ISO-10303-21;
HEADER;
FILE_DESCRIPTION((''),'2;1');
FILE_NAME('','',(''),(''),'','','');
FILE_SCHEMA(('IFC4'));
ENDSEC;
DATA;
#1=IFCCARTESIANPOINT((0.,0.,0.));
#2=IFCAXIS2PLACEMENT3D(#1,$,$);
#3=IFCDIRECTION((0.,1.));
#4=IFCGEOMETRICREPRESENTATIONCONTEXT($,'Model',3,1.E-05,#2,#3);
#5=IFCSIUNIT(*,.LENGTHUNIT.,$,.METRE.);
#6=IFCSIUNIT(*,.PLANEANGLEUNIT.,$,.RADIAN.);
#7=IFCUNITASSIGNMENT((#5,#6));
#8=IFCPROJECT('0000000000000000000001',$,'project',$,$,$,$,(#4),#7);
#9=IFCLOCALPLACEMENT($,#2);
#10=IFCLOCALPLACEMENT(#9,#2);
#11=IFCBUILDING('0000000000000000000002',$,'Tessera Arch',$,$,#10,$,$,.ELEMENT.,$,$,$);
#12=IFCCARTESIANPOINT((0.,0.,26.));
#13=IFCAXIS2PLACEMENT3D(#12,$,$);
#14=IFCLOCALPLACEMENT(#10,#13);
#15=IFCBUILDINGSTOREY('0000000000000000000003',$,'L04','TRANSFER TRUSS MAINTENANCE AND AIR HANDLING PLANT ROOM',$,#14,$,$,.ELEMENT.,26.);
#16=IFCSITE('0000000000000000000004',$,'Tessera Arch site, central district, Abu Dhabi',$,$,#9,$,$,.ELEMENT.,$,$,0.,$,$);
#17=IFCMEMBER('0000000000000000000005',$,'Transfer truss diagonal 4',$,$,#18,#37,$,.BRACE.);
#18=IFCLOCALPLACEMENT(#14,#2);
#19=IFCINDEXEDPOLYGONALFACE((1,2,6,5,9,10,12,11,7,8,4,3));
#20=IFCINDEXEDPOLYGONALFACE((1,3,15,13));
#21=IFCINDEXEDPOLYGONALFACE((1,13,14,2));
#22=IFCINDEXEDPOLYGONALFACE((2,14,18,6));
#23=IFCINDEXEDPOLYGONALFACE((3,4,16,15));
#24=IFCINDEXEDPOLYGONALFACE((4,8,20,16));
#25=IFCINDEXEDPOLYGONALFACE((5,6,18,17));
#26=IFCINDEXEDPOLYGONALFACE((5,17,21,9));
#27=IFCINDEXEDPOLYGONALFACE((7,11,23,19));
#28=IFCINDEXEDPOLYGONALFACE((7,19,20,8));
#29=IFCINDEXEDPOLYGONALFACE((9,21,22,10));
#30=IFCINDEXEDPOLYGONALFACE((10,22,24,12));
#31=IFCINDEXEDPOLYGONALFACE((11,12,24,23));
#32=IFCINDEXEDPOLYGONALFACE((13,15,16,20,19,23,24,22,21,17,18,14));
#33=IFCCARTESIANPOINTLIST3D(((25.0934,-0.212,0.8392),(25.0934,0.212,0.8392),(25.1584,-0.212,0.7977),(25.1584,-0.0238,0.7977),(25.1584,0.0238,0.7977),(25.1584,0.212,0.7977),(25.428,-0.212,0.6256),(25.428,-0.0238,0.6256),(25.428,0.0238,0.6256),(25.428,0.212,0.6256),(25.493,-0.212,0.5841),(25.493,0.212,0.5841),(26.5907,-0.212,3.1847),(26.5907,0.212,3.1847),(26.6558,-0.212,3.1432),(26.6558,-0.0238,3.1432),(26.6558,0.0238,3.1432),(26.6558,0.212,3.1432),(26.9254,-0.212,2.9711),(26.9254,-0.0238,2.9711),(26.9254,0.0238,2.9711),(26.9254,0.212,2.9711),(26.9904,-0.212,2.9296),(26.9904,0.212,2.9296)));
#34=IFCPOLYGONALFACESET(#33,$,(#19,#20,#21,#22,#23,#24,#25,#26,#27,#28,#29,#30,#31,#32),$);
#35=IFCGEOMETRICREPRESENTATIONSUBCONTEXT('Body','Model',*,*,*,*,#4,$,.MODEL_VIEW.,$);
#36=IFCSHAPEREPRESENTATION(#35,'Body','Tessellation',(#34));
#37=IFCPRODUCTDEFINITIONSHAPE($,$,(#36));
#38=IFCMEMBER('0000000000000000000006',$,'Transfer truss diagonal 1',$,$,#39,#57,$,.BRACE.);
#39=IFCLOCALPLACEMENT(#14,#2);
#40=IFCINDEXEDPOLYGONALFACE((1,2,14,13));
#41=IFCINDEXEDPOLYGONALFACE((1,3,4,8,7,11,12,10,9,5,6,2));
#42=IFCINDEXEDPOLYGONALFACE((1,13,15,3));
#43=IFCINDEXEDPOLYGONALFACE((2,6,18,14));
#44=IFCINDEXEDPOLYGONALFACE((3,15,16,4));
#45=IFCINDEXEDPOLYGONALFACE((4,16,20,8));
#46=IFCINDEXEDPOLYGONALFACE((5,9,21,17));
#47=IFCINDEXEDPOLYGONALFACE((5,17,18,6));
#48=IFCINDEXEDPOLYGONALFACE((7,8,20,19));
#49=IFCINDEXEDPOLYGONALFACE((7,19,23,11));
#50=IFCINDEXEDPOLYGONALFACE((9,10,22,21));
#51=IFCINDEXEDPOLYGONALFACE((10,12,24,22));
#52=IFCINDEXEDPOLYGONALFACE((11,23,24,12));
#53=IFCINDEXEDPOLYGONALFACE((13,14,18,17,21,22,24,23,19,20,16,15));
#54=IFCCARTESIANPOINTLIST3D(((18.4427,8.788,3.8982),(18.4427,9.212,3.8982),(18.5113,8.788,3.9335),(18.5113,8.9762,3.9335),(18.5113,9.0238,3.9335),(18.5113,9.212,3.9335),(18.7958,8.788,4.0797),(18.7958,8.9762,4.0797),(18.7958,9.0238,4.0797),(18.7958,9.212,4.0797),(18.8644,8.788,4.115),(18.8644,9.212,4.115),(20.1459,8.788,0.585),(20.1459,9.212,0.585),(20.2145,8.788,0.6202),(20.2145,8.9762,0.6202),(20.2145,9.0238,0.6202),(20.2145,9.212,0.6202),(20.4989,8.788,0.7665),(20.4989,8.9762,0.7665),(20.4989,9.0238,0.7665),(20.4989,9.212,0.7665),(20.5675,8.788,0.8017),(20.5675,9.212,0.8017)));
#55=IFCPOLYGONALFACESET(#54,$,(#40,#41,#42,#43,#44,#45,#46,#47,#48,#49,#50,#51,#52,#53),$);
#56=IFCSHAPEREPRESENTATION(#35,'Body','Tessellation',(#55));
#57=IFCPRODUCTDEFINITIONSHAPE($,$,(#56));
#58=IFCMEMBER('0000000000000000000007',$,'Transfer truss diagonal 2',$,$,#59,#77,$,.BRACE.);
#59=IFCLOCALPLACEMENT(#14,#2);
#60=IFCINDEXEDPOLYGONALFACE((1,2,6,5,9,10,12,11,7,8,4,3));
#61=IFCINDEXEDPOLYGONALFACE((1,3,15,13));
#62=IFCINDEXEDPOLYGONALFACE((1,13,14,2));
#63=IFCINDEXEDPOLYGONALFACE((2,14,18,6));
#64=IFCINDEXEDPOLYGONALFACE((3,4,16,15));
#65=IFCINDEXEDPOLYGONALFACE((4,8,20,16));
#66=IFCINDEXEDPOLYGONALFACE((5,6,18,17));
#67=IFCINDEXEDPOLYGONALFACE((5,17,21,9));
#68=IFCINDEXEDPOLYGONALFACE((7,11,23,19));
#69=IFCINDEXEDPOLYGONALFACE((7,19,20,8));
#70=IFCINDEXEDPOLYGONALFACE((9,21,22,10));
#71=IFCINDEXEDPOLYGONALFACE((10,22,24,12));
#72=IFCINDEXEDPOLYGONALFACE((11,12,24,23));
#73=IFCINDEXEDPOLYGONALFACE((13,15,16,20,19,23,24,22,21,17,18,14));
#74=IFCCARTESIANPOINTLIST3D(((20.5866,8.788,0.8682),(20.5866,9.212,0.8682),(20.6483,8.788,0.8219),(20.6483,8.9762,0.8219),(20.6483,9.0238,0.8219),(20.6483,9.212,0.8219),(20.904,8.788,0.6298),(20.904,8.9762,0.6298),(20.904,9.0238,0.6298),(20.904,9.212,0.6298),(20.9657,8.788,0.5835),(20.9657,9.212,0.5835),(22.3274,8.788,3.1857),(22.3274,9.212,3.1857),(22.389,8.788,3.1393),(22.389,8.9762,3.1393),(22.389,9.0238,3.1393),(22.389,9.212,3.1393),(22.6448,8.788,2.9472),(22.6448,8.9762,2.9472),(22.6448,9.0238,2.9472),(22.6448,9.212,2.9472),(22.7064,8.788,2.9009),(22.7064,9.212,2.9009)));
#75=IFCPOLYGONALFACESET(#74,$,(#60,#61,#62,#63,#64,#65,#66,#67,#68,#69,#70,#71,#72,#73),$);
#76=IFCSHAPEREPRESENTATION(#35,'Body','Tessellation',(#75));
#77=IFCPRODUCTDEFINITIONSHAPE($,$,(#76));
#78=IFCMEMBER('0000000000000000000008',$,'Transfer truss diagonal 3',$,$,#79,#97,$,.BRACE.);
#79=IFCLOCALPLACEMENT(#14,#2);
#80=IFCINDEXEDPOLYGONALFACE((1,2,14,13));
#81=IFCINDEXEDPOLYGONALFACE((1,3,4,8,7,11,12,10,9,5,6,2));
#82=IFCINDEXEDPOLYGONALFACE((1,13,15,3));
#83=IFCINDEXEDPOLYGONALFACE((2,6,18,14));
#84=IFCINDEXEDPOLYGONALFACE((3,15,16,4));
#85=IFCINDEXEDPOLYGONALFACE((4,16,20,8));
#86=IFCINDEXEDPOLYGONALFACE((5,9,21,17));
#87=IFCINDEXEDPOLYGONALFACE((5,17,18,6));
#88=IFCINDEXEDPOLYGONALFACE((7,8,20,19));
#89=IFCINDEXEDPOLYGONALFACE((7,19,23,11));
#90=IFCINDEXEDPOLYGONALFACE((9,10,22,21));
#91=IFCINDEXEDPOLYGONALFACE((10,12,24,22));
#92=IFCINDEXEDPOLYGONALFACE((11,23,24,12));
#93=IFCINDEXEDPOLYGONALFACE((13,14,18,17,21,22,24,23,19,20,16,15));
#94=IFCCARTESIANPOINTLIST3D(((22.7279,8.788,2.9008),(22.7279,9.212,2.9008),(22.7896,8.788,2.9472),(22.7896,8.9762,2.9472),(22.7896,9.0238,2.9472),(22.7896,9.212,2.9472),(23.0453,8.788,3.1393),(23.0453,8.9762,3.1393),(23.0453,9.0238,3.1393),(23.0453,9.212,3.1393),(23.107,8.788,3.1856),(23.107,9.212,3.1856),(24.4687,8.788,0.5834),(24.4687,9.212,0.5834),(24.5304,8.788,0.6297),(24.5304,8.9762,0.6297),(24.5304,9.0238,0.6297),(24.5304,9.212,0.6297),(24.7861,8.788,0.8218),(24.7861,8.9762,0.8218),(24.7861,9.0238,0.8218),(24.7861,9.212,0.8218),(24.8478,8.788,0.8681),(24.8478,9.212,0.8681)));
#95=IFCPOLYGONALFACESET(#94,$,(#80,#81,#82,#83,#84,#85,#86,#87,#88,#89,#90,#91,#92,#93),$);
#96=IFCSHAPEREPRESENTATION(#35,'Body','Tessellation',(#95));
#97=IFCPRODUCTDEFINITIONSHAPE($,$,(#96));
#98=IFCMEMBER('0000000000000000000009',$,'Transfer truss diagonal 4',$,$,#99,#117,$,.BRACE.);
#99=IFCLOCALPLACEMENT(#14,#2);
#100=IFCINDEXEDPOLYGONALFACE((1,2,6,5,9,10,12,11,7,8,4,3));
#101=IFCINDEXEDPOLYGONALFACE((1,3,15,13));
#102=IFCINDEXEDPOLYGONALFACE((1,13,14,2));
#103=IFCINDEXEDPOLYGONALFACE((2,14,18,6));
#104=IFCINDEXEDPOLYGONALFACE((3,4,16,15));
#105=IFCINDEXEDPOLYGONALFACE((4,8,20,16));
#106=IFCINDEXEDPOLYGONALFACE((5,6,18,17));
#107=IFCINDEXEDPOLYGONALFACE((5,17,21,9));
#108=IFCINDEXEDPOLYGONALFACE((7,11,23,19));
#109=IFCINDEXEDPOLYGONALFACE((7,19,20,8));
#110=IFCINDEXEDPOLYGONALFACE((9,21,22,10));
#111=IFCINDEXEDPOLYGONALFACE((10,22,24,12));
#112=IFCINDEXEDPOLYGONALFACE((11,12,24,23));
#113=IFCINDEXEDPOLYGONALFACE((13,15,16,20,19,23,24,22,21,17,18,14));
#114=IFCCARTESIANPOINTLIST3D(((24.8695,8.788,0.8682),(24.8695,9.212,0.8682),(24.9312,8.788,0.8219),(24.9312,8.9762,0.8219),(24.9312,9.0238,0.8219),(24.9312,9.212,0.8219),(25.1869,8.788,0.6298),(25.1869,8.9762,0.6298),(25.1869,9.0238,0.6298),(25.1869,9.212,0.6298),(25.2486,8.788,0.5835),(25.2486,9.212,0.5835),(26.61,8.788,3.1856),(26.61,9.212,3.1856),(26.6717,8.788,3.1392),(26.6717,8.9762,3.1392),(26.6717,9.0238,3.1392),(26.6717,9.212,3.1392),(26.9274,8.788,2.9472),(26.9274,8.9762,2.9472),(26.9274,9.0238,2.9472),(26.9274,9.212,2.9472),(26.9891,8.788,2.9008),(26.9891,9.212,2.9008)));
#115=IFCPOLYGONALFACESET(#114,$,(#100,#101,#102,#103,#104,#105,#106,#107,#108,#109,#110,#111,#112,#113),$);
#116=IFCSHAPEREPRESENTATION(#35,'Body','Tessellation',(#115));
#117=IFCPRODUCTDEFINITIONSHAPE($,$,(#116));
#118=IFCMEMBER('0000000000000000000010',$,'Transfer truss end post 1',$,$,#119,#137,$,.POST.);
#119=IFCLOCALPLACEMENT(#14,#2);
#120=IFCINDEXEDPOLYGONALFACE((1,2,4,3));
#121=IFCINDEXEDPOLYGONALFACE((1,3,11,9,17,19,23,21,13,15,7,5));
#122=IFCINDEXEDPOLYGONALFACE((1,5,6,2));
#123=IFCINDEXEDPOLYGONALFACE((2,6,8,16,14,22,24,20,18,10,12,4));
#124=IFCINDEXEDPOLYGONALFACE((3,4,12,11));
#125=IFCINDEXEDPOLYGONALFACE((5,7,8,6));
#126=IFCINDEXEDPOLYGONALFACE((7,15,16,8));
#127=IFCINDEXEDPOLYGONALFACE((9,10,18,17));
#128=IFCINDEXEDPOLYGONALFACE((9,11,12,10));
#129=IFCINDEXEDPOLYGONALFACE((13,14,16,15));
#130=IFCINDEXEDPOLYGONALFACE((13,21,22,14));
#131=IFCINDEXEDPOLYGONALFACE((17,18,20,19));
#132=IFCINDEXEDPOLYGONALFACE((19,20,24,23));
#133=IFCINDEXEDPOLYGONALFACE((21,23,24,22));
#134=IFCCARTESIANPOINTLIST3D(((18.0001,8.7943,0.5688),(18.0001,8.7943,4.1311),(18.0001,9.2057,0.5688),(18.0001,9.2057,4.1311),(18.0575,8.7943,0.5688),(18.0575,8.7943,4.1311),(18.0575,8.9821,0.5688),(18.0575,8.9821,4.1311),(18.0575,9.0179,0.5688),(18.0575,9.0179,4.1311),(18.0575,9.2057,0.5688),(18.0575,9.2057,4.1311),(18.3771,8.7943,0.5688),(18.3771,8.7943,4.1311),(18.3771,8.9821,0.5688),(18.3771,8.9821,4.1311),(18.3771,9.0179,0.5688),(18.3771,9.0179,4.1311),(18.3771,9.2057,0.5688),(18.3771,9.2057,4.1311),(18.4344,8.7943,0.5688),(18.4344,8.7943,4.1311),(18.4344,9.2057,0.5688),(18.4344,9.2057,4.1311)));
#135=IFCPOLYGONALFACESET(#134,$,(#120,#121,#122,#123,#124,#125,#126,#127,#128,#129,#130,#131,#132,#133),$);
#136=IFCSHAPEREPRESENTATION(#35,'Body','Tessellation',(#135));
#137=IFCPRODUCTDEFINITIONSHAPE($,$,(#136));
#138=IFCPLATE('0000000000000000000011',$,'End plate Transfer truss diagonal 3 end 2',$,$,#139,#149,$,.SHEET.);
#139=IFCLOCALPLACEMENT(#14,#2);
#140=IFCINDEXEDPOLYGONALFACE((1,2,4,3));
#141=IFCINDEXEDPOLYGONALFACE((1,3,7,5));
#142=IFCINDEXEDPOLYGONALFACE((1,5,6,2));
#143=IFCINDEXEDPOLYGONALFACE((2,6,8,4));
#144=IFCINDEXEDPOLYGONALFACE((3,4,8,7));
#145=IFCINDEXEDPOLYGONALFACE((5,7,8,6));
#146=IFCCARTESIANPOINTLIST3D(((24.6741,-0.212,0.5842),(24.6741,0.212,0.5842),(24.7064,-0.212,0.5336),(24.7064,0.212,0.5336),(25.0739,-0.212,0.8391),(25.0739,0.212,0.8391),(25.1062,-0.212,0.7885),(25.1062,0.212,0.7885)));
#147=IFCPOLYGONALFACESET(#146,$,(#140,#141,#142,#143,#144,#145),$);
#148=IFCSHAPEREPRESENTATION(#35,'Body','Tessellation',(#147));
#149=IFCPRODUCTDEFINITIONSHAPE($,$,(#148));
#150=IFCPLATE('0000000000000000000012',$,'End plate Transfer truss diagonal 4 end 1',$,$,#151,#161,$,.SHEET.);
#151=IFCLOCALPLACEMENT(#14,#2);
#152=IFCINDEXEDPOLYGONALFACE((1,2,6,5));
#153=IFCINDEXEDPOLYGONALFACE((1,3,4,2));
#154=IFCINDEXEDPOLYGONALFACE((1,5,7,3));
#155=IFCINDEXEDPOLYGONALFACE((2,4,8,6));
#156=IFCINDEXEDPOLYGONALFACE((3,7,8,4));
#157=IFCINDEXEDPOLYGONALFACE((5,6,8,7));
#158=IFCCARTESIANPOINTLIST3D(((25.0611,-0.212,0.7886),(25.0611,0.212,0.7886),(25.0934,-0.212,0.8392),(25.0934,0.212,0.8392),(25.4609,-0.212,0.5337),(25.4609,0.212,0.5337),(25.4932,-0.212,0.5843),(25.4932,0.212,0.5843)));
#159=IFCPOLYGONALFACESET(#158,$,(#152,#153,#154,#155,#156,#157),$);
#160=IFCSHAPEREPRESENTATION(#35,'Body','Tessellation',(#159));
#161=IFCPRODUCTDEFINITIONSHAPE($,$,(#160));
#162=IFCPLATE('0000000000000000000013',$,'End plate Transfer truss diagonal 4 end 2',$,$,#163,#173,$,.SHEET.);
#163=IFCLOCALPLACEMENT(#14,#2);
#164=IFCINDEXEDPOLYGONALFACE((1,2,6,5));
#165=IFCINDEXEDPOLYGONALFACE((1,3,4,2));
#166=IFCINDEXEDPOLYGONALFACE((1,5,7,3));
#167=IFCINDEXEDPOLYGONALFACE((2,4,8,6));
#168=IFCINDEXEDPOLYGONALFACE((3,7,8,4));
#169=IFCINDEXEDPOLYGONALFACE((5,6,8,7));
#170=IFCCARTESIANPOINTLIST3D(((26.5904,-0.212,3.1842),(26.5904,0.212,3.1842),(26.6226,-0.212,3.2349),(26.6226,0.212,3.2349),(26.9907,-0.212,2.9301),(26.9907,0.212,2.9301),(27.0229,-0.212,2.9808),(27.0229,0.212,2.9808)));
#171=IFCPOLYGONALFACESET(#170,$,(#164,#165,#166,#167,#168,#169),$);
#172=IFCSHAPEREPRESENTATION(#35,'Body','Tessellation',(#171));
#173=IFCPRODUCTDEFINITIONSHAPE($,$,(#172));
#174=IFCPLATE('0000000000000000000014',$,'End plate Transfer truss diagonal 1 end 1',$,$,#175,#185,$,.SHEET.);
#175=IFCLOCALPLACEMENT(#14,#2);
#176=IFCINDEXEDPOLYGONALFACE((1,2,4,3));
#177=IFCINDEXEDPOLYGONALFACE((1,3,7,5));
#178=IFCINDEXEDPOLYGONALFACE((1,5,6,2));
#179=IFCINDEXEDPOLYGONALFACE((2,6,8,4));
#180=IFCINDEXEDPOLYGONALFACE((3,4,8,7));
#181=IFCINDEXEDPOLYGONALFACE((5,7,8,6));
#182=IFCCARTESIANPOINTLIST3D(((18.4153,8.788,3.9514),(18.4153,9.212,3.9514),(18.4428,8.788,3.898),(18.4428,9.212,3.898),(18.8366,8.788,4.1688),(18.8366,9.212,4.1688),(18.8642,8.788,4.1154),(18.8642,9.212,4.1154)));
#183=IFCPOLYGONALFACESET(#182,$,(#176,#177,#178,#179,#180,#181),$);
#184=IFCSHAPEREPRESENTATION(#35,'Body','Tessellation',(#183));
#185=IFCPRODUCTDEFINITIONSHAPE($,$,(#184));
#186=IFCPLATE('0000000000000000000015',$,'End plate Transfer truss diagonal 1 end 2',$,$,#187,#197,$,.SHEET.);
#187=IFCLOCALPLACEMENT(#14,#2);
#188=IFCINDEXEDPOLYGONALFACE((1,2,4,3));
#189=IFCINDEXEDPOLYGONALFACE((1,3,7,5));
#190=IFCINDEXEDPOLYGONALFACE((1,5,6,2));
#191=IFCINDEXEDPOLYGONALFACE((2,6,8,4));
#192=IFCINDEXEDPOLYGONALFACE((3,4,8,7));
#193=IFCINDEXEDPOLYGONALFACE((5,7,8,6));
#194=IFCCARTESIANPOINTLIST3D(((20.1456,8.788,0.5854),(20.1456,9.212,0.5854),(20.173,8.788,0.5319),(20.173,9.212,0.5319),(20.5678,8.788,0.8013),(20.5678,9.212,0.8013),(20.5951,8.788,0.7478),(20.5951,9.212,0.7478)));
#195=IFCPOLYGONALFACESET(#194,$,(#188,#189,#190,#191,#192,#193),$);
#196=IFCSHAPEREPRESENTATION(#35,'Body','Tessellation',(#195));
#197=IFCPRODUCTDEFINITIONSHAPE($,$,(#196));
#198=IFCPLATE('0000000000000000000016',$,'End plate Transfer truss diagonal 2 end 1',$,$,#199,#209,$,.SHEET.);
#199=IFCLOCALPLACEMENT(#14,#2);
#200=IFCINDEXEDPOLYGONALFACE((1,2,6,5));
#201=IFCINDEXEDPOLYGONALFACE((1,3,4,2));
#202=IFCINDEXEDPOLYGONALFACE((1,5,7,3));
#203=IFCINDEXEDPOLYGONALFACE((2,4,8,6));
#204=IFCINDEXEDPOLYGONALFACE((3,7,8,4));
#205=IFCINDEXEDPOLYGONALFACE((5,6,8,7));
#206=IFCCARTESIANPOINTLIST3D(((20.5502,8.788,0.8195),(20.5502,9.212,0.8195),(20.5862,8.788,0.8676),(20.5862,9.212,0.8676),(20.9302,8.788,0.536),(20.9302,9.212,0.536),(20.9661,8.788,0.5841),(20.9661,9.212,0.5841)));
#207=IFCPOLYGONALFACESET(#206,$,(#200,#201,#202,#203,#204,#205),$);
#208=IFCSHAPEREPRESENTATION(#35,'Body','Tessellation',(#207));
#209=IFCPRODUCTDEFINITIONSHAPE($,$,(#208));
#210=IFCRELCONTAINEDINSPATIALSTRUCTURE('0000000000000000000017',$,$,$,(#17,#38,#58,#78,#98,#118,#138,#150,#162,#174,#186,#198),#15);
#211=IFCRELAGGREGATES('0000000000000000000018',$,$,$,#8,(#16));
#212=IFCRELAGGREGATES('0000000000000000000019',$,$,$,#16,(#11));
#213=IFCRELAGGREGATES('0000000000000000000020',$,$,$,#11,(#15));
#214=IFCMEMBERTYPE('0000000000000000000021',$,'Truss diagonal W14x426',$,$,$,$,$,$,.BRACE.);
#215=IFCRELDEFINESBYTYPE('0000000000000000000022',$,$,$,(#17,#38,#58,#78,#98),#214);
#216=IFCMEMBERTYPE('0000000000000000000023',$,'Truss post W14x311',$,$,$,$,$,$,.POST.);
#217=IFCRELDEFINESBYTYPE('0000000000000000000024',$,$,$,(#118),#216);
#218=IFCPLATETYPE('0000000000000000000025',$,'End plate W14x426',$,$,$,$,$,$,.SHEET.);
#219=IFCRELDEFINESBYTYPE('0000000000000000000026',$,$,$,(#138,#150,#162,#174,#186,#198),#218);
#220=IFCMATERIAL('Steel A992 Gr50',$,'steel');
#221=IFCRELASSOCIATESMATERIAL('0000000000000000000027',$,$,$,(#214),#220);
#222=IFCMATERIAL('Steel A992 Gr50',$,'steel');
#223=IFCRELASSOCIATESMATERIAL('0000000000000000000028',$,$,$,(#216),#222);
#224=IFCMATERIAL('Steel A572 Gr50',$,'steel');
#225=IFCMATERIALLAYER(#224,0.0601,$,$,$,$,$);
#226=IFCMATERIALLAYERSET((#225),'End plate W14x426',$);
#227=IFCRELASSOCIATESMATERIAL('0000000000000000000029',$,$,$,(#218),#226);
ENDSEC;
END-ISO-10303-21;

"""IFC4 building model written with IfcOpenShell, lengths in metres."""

from ifc_helpers import new_model, si_unit, direction, frame, origin, origin_2d, place, context, subcontext, project, spatial, rectangle, i_section, extrude, material, layer, layer_set, material_profile, profile_set, type_object, element, save


model = new_model("IFC4")

# Units and contexts
model_context = context("Model", 3, precision=1e-05, world=origin(), true_north=direction((0.0, 1.0)))
body_context = subcontext(model_context, "Body", "Model", "MODEL_VIEW")
ifc_project = project(units=[si_unit("LENGTHUNIT", "METRE"), si_unit("PLANEANGLEUNIT", "RADIAN")], contexts=[model_context])

# Site, building, storey
site_placement = place(None, origin())
site = spatial("IfcSite", under=ifc_project, at=site_placement, Name="Tessera Arch site, central district, Abu Dhabi", CompositionType="ELEMENT", RefElevation=0.0)
building_placement = place(site_placement, origin())
building = spatial("IfcBuilding", under=site, at=building_placement, Name="Tessera Arch", CompositionType="ELEMENT")
storey_placement = place(building_placement, frame((0.0, 0.0, 26.0)))
storey = spatial("IfcBuildingStorey", under=building, at=storey_placement, Name="L04", Description="TRANSFER TRUSS MAINTENANCE AND AIR HANDLING PLANT ROOM", CompositionType="ELEMENT", Elevation=26.0)

# Members
ifc_material_1 = material(Name="Steel A992 Gr50", Category="steel")
ifc_material_profile_1 = material_profile(ifc_material_1, i_section(OverallWidth=0.4241, OverallDepth=0.4741, WebThickness=0.0476, FlangeThickness=0.0771, at=origin_2d()), Name="W14x426")
ifc_profile_set_1 = profile_set([ifc_material_profile_1], Name="Steel A992 Gr50")
member_type_1 = type_object("IfcMemberType", Name="Truss diagonal W14x426", PredefinedType="BRACE", material=ifc_profile_set_1)
for number, where, z_axis, x_axis, name in (
    (1, (25.2932, 0.0, 0.7117), (0.53809, 0.0, 0.842887), (0.0, 1.0, 0.0), "Transfer truss diagonal 4"),
):
    element("IfcMember", number, at=place(storey_placement, frame(where, z_axis=z_axis, x_axis=x_axis)), inside=storey, type_object=member_type_1, Name=name, PredefinedType="BRACE", context=body_context, shape_type="SweptSolid", body=[
        extrude(i_section(OverallWidth=0.4241, OverallDepth=0.4741, WebThickness=0.0476, FlangeThickness=0.0771, at=origin_2d()), origin(), (0.0, 0.0, 1.0), 2.7827),
    ])
member_1_placement = place(storey_placement, frame((18.6536, 9.0, 4.0066), z_axis=(0.457173, 0.0, -0.889378), x_axis=(0.0, 1.0, 0.0)))
element("IfcMember", 2, at=member_1_placement, inside=storey, type_object=member_type_1, Name="Transfer truss diagonal 1", PredefinedType="BRACE", context=body_context, shape_type="SweptSolid", body=[
    extrude(i_section(OverallWidth=0.4241, OverallDepth=0.4741, WebThickness=0.0476, FlangeThickness=0.0771, at=origin_2d()), origin(), (0.0, 0.0, 1.0), 3.7253),
])
for number, where, z_axis, x_axis, name in (
    (3, (20.7761, 9.0, 0.7258), (0.600593, 0.0, 0.799555), (0.0, 1.0, 0.0), "Transfer truss diagonal 2"),
    (4, (22.9175, 9.0, 3.0432), (0.600593, 0.0, -0.799555), (0.0, 1.0, 0.0), "Transfer truss diagonal 3"),
):
    element("IfcMember", number, at=place(storey_placement, frame(where, z_axis=z_axis, x_axis=x_axis)), inside=storey, type_object=member_type_1, Name=name, PredefinedType="BRACE", context=body_context, shape_type="SweptSolid", body=[
        extrude(i_section(OverallWidth=0.4241, OverallDepth=0.4741, WebThickness=0.0476, FlangeThickness=0.0771, at=origin_2d()), origin(), (0.0, 0.0, 1.0), 2.8984),
    ])
member_2_placement = place(storey_placement, frame((25.0591, 9.0, 0.7258), z_axis=(0.600539, 0.0, 0.799595), x_axis=(0.0, 1.0, 0.0)))
element("IfcMember", 5, at=member_2_placement, inside=storey, type_object=member_type_1, Name="Transfer truss diagonal 4", PredefinedType="BRACE", context=body_context, shape_type="SweptSolid", body=[
    extrude(i_section(OverallWidth=0.4241, OverallDepth=0.4741, WebThickness=0.0476, FlangeThickness=0.0771, at=origin_2d()), origin(), (0.0, 0.0, 1.0), 2.8982),
])
ifc_material_2 = material(Name="Steel A992 Gr50", Category="steel")
ifc_material_profile_2 = material_profile(ifc_material_2, i_section(OverallWidth=0.4114, OverallDepth=0.4343, WebThickness=0.0359, FlangeThickness=0.0574, at=origin_2d()), Name="W14x311")
ifc_profile_set_2 = profile_set([ifc_material_profile_2], Name="Steel A992 Gr50")
member_type_2 = type_object("IfcMemberType", Name="Truss post W14x311", PredefinedType="POST", material=ifc_profile_set_2)
member_3_placement = place(storey_placement, frame((18.2173, 9.0, 0.5688), z_axis=(0.0, 0.0, 1.0), x_axis=(0.0, 1.0, 0.0)))
element("IfcMember", 6, at=member_3_placement, inside=storey, type_object=member_type_2, Name="Transfer truss end post 1", PredefinedType="POST", context=body_context, shape_type="SweptSolid", body=[
    extrude(i_section(OverallWidth=0.4114, OverallDepth=0.4343, WebThickness=0.0359, FlangeThickness=0.0574, at=origin_2d()), origin(), (0.0, 0.0, 1.0), 3.5623),
])

# Plates
ifc_material_3 = material(Name="Steel A572 Gr50", Category="steel")
ifc_layer_1 = layer(ifc_material_3, 0.0601)
ifc_layer_set_1 = layer_set([ifc_layer_1], Name="End plate W14x426")
plate_type = type_object("IfcPlateType", Name="End plate W14x426", PredefinedType="SHEET", material=ifc_layer_set_1)
for number, where, z_axis, x_axis, name in (
    (7, (24.874, 0.0, 0.7117), (0.537666, 0.0, -0.843158), (0.0, 1.0, 0.0), "End plate Transfer truss diagonal 3 end 2"),
    (8, (25.261, 0.0, 0.6611), (0.537666, 0.0, 0.843158), (0.0, 1.0, 0.0), "End plate Transfer truss diagonal 4 end 1"),
    (9, (26.7905, 0.0, 3.0571), (0.535824, 0.0, 0.844329), (0.0, 1.0, 0.0), "End plate Transfer truss diagonal 4 end 2"),
    (10, (18.626, 9.0, 4.0601), (0.45854, 0.0, -0.888674), (0.0, 1.0, 0.0), "End plate Transfer truss diagonal 1 end 1"),
    (11, (20.3567, 9.0, 0.6934), (0.455326, 0.0, -0.890325), (0.0, 1.0, 0.0), "End plate Transfer truss diagonal 1 end 2"),
    (12, (20.7402, 9.0, 0.6777), (0.598045, 0.0, 0.801462), (0.0, 1.0, 0.0), "End plate Transfer truss diagonal 2 end 1"),
):
    element("IfcPlate", number, at=place(storey_placement, frame(where, z_axis=z_axis, x_axis=x_axis)), inside=storey, type_object=plate_type, Name=name, PredefinedType="SHEET", context=body_context, shape_type="SweptSolid", body=[
        extrude(rectangle(XDim=0.4241, YDim=0.4741, at=origin_2d()), origin(), (0.0, 0.0, 1.0), 0.0601),
    ])

save(model, "model.ifc")
